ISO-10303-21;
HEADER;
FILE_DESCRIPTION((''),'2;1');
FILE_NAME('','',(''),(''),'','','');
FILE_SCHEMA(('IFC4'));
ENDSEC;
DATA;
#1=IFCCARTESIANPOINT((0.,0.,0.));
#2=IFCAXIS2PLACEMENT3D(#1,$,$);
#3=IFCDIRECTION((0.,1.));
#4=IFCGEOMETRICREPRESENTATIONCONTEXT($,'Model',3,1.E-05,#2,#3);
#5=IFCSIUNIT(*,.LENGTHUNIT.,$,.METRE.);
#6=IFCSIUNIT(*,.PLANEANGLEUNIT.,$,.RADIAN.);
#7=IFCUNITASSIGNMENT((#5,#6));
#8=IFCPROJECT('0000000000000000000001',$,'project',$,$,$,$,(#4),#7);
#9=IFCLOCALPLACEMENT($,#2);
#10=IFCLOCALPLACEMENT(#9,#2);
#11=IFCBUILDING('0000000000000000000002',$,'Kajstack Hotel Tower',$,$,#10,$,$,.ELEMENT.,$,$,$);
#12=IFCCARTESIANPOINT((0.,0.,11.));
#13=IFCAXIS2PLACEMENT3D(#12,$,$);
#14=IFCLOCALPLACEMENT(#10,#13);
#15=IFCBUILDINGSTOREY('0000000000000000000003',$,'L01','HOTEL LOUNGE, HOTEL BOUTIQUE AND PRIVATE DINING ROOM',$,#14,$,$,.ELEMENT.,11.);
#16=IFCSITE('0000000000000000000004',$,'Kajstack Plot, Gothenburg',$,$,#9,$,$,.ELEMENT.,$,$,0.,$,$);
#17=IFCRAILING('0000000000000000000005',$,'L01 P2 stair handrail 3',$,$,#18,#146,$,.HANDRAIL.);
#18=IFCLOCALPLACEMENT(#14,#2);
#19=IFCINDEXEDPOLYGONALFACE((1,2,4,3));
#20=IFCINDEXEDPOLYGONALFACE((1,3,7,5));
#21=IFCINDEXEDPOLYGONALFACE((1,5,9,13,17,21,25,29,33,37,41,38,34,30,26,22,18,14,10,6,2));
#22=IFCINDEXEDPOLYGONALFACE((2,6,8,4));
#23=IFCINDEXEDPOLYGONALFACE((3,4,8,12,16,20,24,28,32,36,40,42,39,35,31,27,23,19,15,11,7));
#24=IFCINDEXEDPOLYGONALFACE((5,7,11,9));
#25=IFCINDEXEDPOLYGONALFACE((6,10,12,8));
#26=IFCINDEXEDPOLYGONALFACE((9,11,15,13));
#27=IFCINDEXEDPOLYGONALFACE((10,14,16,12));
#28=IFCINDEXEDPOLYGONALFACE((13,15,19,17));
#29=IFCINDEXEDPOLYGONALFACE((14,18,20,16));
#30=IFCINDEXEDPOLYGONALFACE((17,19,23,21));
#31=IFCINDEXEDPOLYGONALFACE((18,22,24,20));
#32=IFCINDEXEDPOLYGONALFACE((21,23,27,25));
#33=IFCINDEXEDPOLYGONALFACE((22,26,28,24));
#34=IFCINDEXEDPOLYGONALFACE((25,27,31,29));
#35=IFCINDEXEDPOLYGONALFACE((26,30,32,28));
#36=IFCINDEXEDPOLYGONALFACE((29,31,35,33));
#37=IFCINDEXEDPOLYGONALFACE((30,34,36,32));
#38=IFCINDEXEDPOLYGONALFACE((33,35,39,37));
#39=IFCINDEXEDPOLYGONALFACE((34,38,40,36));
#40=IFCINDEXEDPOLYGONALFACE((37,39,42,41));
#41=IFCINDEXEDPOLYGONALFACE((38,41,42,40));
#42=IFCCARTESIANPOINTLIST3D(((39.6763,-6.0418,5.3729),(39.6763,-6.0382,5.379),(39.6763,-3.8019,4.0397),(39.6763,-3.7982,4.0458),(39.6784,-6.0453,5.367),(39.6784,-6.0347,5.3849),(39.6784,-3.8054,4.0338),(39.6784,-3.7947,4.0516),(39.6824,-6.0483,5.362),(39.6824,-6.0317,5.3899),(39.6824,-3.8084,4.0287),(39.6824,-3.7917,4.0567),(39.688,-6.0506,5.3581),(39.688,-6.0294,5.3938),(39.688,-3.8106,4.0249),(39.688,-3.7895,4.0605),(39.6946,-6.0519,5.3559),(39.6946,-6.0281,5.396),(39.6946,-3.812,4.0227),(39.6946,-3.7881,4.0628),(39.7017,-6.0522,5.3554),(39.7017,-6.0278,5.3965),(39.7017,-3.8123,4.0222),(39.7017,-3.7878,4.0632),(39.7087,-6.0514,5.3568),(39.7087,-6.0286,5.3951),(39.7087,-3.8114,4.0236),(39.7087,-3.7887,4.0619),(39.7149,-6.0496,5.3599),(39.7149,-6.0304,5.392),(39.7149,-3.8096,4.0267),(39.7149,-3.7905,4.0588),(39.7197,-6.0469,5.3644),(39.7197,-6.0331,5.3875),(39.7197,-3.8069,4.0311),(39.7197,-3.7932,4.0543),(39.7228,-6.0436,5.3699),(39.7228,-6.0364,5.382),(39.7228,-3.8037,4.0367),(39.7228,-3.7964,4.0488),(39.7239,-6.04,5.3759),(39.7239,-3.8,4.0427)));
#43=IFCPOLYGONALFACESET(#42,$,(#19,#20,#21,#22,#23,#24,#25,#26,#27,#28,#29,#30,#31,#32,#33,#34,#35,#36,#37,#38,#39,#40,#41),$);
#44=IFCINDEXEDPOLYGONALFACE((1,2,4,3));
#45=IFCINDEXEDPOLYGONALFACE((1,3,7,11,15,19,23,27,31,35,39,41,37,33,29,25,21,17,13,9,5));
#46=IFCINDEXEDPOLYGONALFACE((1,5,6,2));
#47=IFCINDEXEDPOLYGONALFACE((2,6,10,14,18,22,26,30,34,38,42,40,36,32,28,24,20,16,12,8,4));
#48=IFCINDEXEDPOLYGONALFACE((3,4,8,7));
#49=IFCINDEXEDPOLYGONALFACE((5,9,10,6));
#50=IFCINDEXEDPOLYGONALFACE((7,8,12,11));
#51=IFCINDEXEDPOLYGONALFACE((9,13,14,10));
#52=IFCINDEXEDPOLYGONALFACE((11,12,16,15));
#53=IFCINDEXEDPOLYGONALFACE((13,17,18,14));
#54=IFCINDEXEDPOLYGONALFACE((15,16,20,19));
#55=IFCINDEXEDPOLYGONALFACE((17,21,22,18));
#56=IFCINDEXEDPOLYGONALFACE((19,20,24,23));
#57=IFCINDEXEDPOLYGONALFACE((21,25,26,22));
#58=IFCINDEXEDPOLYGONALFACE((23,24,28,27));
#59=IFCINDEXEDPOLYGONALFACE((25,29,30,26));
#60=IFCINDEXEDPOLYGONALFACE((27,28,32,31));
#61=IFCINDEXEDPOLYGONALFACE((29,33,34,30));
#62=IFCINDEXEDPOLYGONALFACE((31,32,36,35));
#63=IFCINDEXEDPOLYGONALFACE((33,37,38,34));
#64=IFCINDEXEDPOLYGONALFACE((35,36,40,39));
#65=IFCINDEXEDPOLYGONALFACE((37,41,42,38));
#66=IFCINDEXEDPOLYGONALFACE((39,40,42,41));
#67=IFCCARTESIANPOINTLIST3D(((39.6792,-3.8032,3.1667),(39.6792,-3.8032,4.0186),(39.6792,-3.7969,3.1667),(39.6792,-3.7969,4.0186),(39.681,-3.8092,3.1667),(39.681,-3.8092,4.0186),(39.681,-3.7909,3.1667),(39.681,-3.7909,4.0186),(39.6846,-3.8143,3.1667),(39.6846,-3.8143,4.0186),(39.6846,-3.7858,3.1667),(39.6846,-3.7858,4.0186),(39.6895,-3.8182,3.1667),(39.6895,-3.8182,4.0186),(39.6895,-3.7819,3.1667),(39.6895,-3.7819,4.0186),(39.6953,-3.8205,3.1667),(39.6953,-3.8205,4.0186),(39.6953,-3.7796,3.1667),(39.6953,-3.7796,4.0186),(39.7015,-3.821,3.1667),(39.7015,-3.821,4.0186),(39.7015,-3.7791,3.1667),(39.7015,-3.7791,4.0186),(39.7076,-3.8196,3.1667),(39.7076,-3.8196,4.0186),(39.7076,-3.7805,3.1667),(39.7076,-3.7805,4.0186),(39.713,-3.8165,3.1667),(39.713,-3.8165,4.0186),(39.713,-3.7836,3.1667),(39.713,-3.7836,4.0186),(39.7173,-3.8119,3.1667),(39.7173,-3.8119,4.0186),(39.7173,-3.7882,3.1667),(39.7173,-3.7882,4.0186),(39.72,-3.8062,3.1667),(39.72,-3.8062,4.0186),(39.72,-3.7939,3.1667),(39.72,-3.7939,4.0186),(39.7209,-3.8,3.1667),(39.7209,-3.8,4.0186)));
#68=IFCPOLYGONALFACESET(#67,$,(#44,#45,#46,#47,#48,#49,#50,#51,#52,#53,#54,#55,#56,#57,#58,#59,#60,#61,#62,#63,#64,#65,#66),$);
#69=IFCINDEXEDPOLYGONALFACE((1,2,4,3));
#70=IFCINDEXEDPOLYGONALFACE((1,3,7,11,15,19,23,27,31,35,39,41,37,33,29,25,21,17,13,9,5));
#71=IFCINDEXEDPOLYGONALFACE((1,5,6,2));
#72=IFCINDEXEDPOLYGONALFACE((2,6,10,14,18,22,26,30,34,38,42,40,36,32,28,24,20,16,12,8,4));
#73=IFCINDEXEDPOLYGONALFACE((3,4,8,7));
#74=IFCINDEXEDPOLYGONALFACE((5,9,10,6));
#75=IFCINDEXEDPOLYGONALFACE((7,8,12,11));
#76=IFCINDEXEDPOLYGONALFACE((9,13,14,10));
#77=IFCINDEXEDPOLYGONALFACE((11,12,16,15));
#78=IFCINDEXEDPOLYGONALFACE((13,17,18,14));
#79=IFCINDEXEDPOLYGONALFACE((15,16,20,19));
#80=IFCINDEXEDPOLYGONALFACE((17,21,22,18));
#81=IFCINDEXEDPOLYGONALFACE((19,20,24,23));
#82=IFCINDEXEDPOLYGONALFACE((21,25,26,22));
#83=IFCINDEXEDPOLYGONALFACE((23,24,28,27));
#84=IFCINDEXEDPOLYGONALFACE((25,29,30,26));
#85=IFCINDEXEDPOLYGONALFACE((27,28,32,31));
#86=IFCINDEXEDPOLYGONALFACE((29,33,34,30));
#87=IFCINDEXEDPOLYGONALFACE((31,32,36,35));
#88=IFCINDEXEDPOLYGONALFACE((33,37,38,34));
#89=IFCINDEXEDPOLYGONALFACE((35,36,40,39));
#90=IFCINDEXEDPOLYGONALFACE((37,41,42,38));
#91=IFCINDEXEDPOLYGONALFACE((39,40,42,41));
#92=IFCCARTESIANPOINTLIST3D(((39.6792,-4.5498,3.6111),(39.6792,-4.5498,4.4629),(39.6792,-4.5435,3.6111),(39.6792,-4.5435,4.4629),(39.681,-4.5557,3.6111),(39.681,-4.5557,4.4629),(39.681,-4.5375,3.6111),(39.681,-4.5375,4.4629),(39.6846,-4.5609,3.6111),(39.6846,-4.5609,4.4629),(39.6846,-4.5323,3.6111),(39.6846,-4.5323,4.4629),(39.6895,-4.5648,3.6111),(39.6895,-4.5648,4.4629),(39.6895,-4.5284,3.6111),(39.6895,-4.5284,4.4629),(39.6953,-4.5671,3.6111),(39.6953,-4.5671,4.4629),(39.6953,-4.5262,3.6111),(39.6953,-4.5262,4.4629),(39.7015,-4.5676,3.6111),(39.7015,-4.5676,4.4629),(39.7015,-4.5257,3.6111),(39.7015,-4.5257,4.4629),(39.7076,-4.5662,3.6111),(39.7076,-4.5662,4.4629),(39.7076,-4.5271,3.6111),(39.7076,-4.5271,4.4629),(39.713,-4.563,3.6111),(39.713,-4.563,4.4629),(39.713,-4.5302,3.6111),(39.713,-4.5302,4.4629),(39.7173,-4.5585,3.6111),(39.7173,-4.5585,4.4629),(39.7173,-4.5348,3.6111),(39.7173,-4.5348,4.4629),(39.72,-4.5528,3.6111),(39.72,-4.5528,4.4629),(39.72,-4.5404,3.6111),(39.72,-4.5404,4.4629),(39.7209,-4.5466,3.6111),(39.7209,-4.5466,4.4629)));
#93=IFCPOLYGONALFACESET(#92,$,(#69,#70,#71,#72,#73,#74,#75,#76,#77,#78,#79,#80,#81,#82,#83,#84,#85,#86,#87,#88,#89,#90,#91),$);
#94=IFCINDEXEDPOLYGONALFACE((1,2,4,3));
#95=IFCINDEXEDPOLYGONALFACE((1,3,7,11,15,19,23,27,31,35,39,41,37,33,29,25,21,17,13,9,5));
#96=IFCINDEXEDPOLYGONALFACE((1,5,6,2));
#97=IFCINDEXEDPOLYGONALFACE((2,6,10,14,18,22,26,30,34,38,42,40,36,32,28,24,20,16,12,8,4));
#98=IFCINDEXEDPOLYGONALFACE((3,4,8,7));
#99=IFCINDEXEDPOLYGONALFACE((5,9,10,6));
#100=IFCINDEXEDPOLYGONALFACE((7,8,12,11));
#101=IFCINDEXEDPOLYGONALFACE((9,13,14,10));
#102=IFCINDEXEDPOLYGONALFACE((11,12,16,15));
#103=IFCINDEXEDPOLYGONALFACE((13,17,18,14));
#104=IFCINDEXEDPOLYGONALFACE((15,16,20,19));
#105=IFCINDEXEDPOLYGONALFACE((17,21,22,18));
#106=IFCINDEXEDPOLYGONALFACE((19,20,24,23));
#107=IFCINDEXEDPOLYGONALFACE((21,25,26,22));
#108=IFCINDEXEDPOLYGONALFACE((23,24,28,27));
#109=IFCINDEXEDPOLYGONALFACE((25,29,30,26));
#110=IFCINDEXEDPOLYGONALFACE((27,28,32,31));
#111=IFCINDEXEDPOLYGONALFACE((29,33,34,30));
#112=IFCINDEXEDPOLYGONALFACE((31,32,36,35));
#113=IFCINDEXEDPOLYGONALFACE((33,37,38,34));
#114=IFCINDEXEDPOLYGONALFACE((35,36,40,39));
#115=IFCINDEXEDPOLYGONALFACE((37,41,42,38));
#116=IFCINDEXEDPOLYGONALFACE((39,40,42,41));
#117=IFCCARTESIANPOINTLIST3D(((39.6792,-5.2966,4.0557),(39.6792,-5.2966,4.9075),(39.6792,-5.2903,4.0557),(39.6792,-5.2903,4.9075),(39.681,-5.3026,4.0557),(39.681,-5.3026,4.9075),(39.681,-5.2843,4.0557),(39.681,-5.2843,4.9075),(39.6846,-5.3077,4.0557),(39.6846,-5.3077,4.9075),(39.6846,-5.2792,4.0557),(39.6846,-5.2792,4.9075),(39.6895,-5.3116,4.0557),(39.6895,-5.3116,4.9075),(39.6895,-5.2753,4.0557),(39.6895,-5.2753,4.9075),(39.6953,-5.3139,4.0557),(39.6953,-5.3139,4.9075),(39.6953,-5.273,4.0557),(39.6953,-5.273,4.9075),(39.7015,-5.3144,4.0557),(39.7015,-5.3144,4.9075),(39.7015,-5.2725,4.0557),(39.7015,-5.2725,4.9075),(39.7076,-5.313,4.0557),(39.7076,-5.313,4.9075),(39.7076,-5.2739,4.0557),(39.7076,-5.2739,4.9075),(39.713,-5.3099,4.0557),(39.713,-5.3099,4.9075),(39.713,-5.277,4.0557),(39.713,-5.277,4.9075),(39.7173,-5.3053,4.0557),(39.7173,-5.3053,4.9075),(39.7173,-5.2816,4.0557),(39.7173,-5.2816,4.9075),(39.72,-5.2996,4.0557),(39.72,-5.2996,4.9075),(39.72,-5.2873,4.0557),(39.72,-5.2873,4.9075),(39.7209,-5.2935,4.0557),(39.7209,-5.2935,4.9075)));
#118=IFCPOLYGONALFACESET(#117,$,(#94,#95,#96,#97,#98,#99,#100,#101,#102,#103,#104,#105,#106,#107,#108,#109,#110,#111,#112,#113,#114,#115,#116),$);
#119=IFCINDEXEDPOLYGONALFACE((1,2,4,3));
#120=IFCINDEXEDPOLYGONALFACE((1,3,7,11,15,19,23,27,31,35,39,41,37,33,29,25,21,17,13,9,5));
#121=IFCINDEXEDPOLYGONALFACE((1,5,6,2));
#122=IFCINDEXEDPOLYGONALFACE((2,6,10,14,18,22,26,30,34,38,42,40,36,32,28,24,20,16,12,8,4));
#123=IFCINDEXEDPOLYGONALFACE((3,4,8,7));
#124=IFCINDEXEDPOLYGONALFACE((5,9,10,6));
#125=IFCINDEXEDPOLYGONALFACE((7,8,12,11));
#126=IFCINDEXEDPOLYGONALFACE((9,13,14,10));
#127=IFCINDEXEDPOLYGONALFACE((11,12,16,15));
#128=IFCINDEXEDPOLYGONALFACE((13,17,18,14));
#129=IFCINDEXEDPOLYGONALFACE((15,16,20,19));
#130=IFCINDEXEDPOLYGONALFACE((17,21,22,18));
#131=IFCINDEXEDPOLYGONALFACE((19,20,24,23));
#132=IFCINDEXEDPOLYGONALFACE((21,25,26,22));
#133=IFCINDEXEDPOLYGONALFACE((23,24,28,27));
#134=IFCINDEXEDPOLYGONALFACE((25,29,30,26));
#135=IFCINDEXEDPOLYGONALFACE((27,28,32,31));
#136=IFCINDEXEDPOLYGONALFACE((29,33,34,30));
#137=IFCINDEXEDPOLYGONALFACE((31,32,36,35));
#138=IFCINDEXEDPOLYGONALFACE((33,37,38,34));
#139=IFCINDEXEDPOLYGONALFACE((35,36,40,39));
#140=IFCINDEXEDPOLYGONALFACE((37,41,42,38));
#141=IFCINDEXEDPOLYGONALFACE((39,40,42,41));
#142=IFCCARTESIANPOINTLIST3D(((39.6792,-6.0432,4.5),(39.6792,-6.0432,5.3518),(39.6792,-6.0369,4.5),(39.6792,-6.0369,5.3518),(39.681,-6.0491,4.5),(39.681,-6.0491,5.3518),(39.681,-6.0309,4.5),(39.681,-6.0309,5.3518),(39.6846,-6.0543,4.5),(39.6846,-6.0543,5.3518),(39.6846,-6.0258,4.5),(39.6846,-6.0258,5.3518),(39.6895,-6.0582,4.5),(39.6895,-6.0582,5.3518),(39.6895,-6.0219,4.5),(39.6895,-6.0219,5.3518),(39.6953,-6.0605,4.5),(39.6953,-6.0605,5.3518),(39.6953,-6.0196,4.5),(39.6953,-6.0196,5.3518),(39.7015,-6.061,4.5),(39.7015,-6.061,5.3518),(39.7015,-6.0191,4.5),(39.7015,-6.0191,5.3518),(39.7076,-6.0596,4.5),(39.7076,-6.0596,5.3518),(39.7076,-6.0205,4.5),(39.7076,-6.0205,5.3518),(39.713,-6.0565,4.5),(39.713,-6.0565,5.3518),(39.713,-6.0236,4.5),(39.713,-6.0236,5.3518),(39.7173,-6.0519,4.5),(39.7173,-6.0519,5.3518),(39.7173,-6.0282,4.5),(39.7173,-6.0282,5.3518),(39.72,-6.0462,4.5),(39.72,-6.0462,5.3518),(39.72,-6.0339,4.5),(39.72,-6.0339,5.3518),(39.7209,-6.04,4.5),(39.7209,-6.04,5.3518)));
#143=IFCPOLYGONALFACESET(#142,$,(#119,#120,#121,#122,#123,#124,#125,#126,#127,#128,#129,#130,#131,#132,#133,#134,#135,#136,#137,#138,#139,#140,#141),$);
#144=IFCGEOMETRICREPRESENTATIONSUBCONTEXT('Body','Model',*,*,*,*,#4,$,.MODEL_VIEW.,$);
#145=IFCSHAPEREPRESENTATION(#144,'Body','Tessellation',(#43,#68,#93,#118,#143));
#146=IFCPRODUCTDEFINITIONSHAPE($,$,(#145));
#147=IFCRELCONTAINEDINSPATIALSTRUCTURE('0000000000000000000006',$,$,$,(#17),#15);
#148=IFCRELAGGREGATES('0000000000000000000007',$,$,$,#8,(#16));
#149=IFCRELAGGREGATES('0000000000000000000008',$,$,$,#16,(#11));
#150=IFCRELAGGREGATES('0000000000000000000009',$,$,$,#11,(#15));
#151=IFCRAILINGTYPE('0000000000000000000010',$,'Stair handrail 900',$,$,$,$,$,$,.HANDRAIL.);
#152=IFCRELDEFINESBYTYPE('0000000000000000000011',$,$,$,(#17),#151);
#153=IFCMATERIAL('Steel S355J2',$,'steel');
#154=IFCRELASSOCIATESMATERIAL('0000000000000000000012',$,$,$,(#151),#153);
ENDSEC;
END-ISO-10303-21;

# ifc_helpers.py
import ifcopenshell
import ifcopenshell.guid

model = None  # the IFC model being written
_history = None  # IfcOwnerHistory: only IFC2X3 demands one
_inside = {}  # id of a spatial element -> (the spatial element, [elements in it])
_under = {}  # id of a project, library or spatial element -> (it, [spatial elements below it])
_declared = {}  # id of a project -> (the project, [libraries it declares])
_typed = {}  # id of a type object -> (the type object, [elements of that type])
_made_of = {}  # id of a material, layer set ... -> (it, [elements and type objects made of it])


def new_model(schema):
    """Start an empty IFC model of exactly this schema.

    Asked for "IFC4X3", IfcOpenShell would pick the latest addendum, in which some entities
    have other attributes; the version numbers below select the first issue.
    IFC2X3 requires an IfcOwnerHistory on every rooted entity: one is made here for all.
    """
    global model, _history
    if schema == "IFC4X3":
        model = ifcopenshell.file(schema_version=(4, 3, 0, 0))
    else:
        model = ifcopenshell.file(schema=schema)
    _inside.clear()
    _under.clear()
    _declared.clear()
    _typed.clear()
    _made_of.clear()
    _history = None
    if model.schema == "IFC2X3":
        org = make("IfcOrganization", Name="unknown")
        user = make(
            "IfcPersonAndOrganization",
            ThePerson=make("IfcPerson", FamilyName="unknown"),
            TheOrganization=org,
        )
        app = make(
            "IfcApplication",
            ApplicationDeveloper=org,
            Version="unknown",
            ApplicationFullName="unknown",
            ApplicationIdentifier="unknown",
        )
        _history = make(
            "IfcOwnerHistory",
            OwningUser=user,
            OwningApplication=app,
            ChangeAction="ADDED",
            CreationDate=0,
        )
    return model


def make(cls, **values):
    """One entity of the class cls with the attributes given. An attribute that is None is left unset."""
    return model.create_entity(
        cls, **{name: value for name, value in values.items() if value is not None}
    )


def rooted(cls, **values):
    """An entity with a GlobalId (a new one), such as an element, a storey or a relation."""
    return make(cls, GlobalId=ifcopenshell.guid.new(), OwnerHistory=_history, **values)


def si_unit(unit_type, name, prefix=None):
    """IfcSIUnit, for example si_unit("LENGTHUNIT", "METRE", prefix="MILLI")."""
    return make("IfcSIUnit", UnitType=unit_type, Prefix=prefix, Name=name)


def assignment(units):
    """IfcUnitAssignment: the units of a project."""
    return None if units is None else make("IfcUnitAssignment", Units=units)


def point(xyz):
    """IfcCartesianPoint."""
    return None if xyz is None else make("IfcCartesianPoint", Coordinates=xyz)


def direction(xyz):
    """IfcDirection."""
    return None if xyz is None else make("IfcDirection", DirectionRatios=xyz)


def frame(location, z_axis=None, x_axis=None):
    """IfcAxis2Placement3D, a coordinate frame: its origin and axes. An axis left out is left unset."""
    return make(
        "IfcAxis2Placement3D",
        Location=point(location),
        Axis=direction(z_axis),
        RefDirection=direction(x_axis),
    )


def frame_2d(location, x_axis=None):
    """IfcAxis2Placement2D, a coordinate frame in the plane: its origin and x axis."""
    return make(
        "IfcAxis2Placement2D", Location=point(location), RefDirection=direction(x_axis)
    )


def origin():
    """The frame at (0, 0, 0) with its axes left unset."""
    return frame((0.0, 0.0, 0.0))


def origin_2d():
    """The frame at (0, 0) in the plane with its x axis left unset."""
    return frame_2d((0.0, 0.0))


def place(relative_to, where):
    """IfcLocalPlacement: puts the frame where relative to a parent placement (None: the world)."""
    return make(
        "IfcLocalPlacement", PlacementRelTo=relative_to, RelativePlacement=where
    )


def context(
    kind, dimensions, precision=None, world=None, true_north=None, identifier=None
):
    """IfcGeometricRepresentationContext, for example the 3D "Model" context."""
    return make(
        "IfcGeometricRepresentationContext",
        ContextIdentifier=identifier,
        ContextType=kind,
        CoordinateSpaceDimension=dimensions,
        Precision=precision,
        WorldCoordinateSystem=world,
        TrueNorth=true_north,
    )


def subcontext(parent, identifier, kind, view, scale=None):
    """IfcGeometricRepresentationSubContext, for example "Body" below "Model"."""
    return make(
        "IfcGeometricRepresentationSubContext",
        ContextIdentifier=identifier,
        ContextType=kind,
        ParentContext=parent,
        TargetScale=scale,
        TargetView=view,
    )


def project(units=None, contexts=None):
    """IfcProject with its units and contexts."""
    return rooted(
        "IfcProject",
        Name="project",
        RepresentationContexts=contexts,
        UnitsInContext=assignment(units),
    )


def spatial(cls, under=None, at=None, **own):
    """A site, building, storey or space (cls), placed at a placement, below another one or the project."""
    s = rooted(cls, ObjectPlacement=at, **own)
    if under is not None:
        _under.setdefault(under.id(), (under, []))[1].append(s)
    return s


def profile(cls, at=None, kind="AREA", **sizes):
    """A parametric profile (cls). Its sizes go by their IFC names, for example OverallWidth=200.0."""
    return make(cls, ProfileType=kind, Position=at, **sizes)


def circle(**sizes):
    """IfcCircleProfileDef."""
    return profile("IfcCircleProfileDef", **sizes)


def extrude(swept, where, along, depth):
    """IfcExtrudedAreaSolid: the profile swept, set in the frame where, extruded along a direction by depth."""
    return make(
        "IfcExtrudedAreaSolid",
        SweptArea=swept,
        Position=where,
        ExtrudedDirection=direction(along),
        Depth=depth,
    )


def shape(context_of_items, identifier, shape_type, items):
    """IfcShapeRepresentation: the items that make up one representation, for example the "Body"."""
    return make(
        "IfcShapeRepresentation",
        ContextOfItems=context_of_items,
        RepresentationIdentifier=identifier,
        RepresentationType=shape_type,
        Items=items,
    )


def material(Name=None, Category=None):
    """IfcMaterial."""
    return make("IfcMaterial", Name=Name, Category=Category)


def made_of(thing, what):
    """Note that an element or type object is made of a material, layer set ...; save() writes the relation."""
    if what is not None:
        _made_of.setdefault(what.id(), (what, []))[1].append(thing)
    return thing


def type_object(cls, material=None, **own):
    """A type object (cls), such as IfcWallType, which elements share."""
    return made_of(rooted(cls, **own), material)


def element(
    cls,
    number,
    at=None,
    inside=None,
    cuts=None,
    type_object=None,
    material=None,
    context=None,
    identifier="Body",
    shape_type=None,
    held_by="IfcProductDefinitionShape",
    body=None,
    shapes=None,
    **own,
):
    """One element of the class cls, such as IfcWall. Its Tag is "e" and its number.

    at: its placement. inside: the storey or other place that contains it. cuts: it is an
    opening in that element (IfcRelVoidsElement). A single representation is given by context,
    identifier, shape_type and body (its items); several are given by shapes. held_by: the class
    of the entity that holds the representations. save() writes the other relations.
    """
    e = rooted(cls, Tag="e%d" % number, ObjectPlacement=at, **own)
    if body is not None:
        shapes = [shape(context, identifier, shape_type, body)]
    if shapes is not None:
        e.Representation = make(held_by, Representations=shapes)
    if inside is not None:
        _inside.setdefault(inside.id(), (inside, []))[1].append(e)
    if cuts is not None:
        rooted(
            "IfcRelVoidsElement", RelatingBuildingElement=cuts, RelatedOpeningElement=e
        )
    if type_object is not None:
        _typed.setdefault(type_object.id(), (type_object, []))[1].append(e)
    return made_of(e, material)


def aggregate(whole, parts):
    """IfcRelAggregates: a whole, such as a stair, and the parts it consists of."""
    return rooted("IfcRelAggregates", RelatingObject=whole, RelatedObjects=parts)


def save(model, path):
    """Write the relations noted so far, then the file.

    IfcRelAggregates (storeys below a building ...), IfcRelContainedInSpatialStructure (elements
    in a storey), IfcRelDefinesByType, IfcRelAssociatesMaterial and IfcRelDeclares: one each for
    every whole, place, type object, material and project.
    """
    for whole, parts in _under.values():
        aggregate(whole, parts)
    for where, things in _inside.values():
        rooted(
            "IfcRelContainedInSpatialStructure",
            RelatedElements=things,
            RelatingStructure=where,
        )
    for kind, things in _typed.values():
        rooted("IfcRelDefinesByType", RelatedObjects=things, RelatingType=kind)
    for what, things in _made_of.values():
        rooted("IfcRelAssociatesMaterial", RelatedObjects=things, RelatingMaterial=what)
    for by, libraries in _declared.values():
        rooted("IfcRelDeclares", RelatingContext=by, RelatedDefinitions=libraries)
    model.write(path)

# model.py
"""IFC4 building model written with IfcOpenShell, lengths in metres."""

from ifc_helpers import new_model, si_unit, direction, frame, origin, origin_2d, place, context, subcontext, project, spatial, circle, extrude, material, type_object, element, save


model = new_model("IFC4")

# Units and contexts
model_context = context("Model", 3, precision=1e-05, world=origin(), true_north=direction((0.0, 1.0)))
body_context = subcontext(model_context, "Body", "Model", "MODEL_VIEW")
ifc_project = project(units=[si_unit("LENGTHUNIT", "METRE"), si_unit("PLANEANGLEUNIT", "RADIAN")], contexts=[model_context])

# Site, building, storey
site_placement = place(None, origin())
site = spatial("IfcSite", under=ifc_project, at=site_placement, Name="Kajstack Plot, Gothenburg", CompositionType="ELEMENT", RefElevation=0.0)
building_placement = place(site_placement, origin())
building = spatial("IfcBuilding", under=site, at=building_placement, Name="Kajstack Hotel Tower", CompositionType="ELEMENT")
storey_placement = place(building_placement, frame((0.0, 0.0, 11.0)))
storey = spatial("IfcBuildingStorey", under=building, at=storey_placement, Name="L01", Description="HOTEL LOUNGE, HOTEL BOUTIQUE AND PRIVATE DINING ROOM", CompositionType="ELEMENT", Elevation=11.0)

# Railing
ifc_material_1 = material(Name="Steel S355J2", Category="steel")
railing_type = type_object("IfcRailingType", Name="Stair handrail 900", PredefinedType="HANDRAIL", material=ifc_material_1)
for number, where, name in (
    (1, (39.7, -3.8, 3.1667), "L01 P2 stair handrail 3"),
):
    element("IfcRailing", number, at=place(storey_placement, frame(where)), inside=storey, type_object=railing_type, Name=name, PredefinedType="HANDRAIL", context=body_context, shape_type="SweptSolid", body=[
        extrude(circle(Radius=0.0239, at=origin_2d()), frame((0.0, 0.0, 0.876), z_axis=(0.0, -0.859306, 0.511462), x_axis=(1.0, 0.0, 0.0)), (0.0, 0.0, 1.0), 2.6067),
        extrude(circle(Radius=0.021, at=origin_2d()), origin(), (0.0, 0.0, 1.0), 0.8518),
        extrude(circle(Radius=0.021, at=origin_2d()), frame((0.0, -0.7466, 0.4443)), (0.0, 0.0, 1.0), 0.8518),
        extrude(circle(Radius=0.021, at=origin_2d()), frame((0.0, -1.4934, 0.8889)), (0.0, 0.0, 1.0), 0.8518),
        extrude(circle(Radius=0.021, at=origin_2d()), frame((0.0, -2.24, 1.3333)), (0.0, 0.0, 1.0), 0.8518),
    ])

save(model, "model.ifc")
